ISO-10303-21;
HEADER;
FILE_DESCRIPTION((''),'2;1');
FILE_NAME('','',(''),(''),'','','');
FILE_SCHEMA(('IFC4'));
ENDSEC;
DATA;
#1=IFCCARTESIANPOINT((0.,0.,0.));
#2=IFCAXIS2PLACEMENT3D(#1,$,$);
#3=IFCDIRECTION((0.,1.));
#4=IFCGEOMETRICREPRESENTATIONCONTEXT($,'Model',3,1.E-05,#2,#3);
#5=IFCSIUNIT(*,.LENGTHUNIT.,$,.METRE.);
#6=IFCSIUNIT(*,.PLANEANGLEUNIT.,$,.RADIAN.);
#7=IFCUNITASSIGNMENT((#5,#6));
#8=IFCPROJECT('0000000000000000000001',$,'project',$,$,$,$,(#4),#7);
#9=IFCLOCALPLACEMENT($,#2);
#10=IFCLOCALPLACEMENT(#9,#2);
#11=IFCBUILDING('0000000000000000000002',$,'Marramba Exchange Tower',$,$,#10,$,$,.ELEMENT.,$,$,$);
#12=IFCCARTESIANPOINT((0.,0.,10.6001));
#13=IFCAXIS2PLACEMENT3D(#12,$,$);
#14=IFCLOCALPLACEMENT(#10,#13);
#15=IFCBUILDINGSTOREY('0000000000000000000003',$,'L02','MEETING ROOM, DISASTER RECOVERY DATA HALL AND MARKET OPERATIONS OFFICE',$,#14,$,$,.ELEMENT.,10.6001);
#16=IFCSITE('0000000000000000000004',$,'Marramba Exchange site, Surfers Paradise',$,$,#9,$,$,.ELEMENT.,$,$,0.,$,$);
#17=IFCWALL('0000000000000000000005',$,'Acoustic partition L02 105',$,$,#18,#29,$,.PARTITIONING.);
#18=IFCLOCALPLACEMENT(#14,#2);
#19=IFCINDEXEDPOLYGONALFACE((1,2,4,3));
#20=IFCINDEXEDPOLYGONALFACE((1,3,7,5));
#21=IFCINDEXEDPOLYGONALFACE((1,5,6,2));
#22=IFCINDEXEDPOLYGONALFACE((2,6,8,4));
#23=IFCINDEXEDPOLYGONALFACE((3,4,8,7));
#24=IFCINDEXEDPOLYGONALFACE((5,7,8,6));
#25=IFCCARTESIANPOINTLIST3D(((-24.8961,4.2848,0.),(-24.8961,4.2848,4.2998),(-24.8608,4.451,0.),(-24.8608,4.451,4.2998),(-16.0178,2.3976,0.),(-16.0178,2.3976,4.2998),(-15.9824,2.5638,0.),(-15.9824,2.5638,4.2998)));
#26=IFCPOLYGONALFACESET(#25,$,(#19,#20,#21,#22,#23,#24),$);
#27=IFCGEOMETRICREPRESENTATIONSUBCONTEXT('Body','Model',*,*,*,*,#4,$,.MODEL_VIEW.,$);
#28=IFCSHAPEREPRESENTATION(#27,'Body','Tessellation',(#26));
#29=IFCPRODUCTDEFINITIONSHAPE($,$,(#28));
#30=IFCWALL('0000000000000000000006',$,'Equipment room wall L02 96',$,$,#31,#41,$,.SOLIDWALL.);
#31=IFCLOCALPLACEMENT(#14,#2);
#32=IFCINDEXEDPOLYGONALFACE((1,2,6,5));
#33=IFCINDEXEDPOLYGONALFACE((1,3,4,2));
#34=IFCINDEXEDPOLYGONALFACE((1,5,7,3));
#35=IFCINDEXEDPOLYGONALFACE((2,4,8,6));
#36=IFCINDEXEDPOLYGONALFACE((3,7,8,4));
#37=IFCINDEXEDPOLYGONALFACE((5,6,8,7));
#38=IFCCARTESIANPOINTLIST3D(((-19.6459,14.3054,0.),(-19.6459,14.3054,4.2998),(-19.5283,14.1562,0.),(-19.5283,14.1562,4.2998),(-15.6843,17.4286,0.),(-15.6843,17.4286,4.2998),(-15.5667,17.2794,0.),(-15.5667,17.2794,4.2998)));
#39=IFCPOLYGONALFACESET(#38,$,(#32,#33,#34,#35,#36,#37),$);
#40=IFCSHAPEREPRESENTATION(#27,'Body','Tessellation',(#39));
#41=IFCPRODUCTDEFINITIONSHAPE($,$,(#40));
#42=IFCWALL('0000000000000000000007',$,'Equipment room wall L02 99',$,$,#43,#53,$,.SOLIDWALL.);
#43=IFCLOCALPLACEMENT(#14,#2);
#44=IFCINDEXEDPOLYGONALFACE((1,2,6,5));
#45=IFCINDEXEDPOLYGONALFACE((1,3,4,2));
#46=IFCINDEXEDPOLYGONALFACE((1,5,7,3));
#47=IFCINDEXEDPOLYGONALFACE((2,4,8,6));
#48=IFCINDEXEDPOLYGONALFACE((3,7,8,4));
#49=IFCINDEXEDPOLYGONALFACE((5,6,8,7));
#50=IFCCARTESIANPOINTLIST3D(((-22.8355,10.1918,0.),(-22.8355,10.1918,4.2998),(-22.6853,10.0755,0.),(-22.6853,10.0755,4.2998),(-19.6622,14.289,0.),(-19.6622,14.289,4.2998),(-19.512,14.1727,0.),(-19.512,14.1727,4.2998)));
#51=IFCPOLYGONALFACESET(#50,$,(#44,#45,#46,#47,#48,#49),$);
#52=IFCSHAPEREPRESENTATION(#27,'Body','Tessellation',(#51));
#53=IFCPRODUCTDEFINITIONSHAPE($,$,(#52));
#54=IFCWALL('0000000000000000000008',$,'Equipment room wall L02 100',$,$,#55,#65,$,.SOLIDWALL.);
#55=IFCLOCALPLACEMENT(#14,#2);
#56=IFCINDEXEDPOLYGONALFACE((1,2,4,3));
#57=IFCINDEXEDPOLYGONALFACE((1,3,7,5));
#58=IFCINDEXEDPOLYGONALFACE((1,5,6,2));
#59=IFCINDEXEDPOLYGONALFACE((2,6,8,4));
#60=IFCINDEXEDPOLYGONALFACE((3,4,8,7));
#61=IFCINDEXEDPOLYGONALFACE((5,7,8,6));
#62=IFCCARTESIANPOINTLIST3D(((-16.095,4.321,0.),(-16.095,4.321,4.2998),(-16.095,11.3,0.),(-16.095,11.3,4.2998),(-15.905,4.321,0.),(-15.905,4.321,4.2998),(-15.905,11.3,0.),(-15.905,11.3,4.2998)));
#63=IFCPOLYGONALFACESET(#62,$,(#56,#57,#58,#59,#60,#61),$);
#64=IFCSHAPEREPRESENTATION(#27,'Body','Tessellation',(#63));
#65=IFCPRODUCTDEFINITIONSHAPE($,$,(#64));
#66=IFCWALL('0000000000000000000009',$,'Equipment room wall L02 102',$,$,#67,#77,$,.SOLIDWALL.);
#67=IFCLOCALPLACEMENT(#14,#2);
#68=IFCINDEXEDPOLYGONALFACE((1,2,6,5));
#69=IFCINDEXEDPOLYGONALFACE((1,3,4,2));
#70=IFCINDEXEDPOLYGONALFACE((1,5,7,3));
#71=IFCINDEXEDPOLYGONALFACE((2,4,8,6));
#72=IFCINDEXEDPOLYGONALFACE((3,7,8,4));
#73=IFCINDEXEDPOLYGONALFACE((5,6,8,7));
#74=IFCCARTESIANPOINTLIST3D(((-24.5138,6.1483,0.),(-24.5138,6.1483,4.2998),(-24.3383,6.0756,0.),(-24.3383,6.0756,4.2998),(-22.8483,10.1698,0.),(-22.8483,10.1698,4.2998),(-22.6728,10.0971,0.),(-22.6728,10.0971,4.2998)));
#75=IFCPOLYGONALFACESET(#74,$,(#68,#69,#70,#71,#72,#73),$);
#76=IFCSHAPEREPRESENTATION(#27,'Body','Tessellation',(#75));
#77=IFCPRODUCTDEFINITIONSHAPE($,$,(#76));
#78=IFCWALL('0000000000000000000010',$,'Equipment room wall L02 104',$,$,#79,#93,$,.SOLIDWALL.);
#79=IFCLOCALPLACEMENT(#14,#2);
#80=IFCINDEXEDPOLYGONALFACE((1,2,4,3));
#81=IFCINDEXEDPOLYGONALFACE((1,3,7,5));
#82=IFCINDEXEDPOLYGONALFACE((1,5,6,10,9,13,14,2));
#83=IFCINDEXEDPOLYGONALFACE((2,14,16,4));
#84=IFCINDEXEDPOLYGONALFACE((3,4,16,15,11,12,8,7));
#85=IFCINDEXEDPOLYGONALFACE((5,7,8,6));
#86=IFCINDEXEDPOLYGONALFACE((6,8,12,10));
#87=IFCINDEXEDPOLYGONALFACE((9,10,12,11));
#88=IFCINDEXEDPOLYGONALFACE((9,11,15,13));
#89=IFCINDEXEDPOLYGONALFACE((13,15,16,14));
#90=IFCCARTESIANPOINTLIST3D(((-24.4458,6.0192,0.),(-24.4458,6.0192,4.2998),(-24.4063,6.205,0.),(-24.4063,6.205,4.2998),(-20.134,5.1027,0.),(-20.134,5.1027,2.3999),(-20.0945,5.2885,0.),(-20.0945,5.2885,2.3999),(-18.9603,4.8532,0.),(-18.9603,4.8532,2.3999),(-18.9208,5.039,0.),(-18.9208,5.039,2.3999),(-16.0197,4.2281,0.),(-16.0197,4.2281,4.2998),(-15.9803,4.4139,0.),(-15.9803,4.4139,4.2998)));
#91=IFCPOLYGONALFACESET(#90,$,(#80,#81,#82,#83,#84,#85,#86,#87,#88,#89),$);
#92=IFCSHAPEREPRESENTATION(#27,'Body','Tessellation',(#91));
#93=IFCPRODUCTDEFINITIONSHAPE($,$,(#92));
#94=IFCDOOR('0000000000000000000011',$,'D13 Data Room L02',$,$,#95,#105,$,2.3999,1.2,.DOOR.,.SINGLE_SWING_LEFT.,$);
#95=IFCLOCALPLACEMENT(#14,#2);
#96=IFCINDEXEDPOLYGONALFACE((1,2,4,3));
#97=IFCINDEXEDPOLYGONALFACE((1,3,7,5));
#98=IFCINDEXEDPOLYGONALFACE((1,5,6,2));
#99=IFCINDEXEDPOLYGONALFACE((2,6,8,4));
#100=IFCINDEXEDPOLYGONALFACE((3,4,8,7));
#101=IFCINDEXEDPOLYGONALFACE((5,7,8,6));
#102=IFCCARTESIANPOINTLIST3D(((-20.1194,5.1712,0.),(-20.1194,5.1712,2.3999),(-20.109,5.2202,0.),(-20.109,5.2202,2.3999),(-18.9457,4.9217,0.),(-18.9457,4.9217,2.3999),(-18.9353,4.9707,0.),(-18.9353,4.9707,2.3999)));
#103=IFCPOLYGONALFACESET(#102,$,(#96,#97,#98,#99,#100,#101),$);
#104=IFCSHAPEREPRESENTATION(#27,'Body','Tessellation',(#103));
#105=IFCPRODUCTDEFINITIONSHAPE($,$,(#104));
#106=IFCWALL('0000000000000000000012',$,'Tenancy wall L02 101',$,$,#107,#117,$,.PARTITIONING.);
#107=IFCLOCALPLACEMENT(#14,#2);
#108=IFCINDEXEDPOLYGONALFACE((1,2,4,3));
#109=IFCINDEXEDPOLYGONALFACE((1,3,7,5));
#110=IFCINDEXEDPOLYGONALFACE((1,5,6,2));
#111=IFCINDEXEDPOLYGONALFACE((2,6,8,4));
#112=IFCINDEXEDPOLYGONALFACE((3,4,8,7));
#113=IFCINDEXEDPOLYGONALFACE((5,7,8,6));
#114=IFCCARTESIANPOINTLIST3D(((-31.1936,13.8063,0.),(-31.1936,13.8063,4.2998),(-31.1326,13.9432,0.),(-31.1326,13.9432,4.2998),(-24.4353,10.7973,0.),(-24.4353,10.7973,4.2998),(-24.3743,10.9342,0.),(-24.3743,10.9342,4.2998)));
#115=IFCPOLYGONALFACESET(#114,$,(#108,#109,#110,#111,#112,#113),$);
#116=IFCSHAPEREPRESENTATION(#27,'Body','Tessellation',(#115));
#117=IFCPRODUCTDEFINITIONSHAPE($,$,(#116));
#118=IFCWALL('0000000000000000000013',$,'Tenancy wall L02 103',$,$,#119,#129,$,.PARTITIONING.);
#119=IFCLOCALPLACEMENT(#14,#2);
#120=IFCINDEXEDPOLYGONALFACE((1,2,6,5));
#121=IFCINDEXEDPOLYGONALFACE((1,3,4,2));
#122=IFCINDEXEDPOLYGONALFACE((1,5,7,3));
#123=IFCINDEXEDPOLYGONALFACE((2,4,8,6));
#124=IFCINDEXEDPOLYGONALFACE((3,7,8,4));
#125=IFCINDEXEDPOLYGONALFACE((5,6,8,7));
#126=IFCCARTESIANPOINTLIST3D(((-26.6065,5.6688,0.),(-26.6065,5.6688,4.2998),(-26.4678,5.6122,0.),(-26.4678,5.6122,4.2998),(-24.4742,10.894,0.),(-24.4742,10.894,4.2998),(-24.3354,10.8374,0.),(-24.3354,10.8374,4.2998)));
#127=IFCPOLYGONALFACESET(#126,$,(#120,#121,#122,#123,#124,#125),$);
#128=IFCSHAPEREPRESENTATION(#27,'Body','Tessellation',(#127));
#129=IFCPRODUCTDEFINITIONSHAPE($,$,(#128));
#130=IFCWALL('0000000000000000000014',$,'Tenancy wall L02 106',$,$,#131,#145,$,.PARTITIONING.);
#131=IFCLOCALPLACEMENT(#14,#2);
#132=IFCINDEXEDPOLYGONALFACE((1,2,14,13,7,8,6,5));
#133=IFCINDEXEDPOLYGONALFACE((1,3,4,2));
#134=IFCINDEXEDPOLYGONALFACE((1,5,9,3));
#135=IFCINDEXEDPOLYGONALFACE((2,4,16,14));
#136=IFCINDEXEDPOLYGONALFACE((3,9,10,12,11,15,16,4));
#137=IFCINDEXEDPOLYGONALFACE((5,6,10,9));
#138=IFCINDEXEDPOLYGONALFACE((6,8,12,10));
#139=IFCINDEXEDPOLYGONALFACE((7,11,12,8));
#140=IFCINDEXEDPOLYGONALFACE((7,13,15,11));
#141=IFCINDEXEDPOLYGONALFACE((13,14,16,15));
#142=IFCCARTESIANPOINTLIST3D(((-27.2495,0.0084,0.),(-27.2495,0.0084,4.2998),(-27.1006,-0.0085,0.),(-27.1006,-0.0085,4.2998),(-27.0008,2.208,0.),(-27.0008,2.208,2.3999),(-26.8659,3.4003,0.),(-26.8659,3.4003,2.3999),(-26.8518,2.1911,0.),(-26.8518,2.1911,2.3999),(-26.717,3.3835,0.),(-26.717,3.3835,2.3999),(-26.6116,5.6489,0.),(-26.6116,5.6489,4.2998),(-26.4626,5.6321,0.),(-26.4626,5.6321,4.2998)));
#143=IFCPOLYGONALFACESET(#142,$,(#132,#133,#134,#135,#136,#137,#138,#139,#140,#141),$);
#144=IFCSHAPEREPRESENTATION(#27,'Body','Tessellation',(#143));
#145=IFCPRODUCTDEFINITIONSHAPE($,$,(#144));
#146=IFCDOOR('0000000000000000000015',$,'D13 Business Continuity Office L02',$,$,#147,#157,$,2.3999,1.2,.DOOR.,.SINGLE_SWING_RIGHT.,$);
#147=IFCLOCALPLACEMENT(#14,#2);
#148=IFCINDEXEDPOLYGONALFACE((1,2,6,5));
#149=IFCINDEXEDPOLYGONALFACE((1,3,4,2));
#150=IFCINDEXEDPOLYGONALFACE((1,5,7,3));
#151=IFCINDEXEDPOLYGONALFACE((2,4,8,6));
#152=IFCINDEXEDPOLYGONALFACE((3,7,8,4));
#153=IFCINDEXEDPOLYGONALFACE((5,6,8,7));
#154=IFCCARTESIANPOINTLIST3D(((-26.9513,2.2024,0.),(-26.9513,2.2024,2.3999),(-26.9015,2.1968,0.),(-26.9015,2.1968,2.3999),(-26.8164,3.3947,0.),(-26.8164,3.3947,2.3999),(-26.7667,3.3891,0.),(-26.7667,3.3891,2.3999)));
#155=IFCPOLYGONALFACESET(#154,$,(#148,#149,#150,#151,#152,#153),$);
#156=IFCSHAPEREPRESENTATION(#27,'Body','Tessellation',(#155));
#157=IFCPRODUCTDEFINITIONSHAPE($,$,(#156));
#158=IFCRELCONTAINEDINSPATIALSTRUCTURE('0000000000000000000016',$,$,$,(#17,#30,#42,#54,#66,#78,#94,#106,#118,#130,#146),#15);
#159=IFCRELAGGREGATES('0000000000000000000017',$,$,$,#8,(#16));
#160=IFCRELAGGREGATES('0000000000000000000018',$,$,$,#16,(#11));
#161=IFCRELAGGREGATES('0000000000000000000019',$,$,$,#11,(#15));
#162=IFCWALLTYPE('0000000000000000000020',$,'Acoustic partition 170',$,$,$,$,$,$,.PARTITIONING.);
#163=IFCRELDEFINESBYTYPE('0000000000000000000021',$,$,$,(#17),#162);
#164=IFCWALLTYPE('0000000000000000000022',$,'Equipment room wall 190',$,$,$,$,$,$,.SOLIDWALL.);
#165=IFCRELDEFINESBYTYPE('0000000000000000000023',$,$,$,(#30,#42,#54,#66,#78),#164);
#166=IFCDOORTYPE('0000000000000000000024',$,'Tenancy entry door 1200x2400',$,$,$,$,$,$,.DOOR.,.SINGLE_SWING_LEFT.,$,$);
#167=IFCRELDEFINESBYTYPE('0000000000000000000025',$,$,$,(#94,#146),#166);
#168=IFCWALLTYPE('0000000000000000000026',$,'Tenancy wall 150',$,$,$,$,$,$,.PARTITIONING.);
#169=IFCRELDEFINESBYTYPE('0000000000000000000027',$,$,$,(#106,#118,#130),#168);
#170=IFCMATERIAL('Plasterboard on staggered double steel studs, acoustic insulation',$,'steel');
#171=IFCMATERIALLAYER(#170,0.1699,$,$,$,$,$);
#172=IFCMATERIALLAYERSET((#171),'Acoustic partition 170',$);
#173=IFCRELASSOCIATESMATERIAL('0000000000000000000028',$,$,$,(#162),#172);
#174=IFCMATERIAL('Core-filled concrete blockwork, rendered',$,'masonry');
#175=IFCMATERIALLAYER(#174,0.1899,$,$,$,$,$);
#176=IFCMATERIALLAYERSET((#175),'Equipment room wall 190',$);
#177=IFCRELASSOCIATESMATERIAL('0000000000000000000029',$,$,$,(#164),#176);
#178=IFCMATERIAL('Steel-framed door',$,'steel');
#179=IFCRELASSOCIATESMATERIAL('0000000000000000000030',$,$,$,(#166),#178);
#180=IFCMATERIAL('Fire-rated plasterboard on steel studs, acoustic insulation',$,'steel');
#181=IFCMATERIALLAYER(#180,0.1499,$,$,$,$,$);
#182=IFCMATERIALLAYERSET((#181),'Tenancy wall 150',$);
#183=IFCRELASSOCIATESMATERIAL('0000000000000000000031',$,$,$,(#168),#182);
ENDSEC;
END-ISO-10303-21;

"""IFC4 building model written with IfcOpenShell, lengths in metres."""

from ifc_helpers import new_model, si_unit, direction, frame, frame_2d, origin, place, context, subcontext, project, spatial, rectangle, extrude, material, layer, layer_set, type_object, element, fill, save


model = new_model("IFC4")

# Units and contexts
model_context = context("Model", 3, precision=1e-05, world=origin(), true_north=direction((0.0, 1.0)))
body_context = subcontext(model_context, "Body", "Model", "MODEL_VIEW")
ifc_project = project(units=[si_unit("LENGTHUNIT", "METRE"), si_unit("PLANEANGLEUNIT", "RADIAN")], contexts=[model_context])

# Site, building, storey
site_placement = place(None, origin())
site = spatial("IfcSite", under=ifc_project, at=site_placement, Name="Marramba Exchange site, Surfers Paradise", CompositionType="ELEMENT", RefElevation=0.0)
building_placement = place(site_placement, origin())
building = spatial("IfcBuilding", under=site, at=building_placement, Name="Marramba Exchange Tower", CompositionType="ELEMENT")
storey_placement = place(building_placement, frame((0.0, 0.0, 10.6001)))
storey = spatial("IfcBuildingStorey", under=building, at=storey_placement, Name="L02", Description="MEETING ROOM, DISASTER RECOVERY DATA HALL AND MARKET OPERATIONS OFFICE", CompositionType="ELEMENT", Elevation=10.6001)

# Shared definitions
ifc_material_1 = material(Name="Plasterboard on staggered double steel studs, acoustic insulation", Category="steel")
ifc_layer_1 = layer(ifc_material_1, 0.1699)
ifc_layer_set_1 = layer_set([ifc_layer_1], Name="Acoustic partition 170")
wall_type_1 = type_object("IfcWallType", Name="Acoustic partition 170", PredefinedType="PARTITIONING", material=ifc_layer_set_1)

# Walls
wall_1_placement = place(storey_placement, frame((-24.8784, 4.3679, 0.0), z_axis=(0.0, 0.0, 1.0), x_axis=(0.978147, -0.207916, 0.0)))
element("IfcWall", 1, at=wall_1_placement, inside=storey, type_object=wall_type_1, Name="Acoustic partition L02 105", PredefinedType="PARTITIONING", context=body_context, shape_type="SweptSolid", body=[
    extrude(rectangle(XDim=9.0767, YDim=0.1699, at=frame_2d((4.5383, 0.0))), origin(), (0.0, 0.0, 1.0), 4.2998),
])
ifc_material_2 = material(Name="Core-filled concrete blockwork, rendered", Category="masonry")
ifc_layer_2 = layer(ifc_material_2, 0.1899)
ifc_layer_set_2 = layer_set([ifc_layer_2], Name="Equipment room wall 190")
wall_type_2 = type_object("IfcWallType", Name="Equipment room wall 190", PredefinedType="SOLIDWALL", material=ifc_layer_set_2)
wall_2_placement = place(storey_placement, frame((-19.5872, 14.2307, 0.0), z_axis=(0.0, 0.0, 1.0), x_axis=(0.785301, 0.619114, 0.0)))
element("IfcWall", 2, at=wall_2_placement, inside=storey, type_object=wall_type_2, Name="Equipment room wall L02 96", PredefinedType="SOLIDWALL", context=body_context, shape_type="SweptSolid", body=[
    extrude(rectangle(XDim=5.0447, YDim=0.1899, at=frame_2d((2.5225, 0.0))), origin(), (0.0, 0.0, 1.0), 4.2998),
])
wall_3_placement = place(storey_placement, frame((-22.7605, 10.1335, 0.0), z_axis=(0.0, 0.0, 1.0), x_axis=(0.612335, 0.790599, 0.0)))
element("IfcWall", 3, at=wall_3_placement, inside=storey, type_object=wall_type_2, Name="Equipment room wall L02 99", PredefinedType="SOLIDWALL", context=body_context, shape_type="SweptSolid", body=[
    extrude(rectangle(XDim=5.1824, YDim=0.1899, at=frame_2d((2.5913, 0.0))), origin(), (0.0, 0.0, 1.0), 4.2998),
])
wall_4_placement = place(storey_placement, frame((-16.0, 11.3, 0.0), z_axis=(0.0, 0.0, 1.0), x_axis=(0.0, -1.0, 0.0)))
element("IfcWall", 4, at=wall_4_placement, inside=storey, type_object=wall_type_2, Name="Equipment room wall L02 100", PredefinedType="SOLIDWALL", context=body_context, shape_type="SweptSolid", body=[
    extrude(rectangle(XDim=6.979, YDim=0.1899, at=frame_2d((3.4895, 0.0))), origin(), (0.0, 0.0, 1.0), 4.2998),
])
wall_5_placement = place(storey_placement, frame((-24.426, 6.1121, 0.0), z_axis=(0.0, 0.0, 1.0), x_axis=(0.382639, 0.923898, 0.0)))
element("IfcWall", 5, at=wall_5_placement, inside=storey, type_object=wall_type_2, Name="Equipment room wall L02 102", PredefinedType="SOLIDWALL", context=body_context, shape_type="SweptSolid", body=[
    extrude(rectangle(XDim=4.3528, YDim=0.1899, at=frame_2d((2.1763, 0.0))), origin(), (0.0, 0.0, 1.0), 4.2998),
])

# Wall, opening, door
wall_6_placement = place(storey_placement, frame((-16.0, 4.321, 0.0), z_axis=(0.0, 0.0, 1.0), x_axis=(-0.978147, 0.207913, 0.0)))
wall_6 = element("IfcWall", 6, at=wall_6_placement, inside=storey, type_object=wall_type_2, Name="Equipment room wall L02 104", PredefinedType="SOLIDWALL", context=body_context, shape_type="SweptSolid", body=[
    extrude(rectangle(XDim=8.6143, YDim=0.1899, at=frame_2d((4.3071, 0.0))), origin(), (0.0, 0.0, 1.0), 4.2998),
])
opening_1_placement = place(wall_6_placement, frame((3.0061, 0.0, 0.0)))
opening_1 = element("IfcOpeningElement", 7, at=opening_1_placement, cuts=wall_6, PredefinedType="OPENING", context=body_context, shape_type="SweptSolid", body=[
    extrude(rectangle(XDim=1.2, YDim=2.3999, at=frame_2d((0.6001, 1.2))), frame((0.0, 0.105, 0.0), z_axis=(0.0, -1.0, 0.0), x_axis=(1.0, 0.0, 0.0)), (0.0, 0.0, 1.0), 0.21),
])
ifc_material_3 = material(Name="Steel-framed door", Category="steel")
door_type_1 = type_object("IfcDoorType", Name="Tenancy entry door 1200x2400", OperationType="SINGLE_SWING_LEFT", PredefinedType="DOOR", material=ifc_material_3)
door_1_placement = place(opening_1_placement, origin())
door_1 = element("IfcDoor", 8, at=door_1_placement, inside=storey, type_object=door_type_1, Name="D13 Data Room L02", OperationType="SINGLE_SWING_LEFT", OverallHeight=2.3999, OverallWidth=1.2, PredefinedType="DOOR", context=body_context, shape_type="SweptSolid", body=[
    extrude(rectangle(XDim=1.2, YDim=2.3999, at=frame_2d((0.6001, 1.2))), frame((0.0, 0.0249, 0.0), z_axis=(0.0, -1.0, 0.0), x_axis=(1.0, 0.0, 0.0)), (0.0, 0.0, 1.0), 0.05),
])
fill(opening_1, door_1)
ifc_material_4 = material(Name="Fire-rated plasterboard on steel studs, acoustic insulation", Category="steel")
ifc_layer_3 = layer(ifc_material_4, 0.1499)
ifc_layer_set_3 = layer_set([ifc_layer_3], Name="Tenancy wall 150")
wall_type_3 = type_object("IfcWallType", Name="Tenancy wall 150", PredefinedType="PARTITIONING", material=ifc_layer_set_3)

# Walls
wall_7_placement = place(storey_placement, frame((-24.4048, 10.8657, 0.0), z_axis=(0.0, 0.0, 1.0), x_axis=(-0.913543, 0.406742, 0.0)))
element("IfcWall", 9, at=wall_7_placement, inside=storey, type_object=wall_type_3, Name="Tenancy wall L02 101", PredefinedType="PARTITIONING", context=body_context, shape_type="SweptSolid", body=[
    extrude(rectangle(XDim=7.3979, YDim=0.1499, at=frame_2d((3.699, 0.0))), origin(), (0.0, 0.0, 1.0), 4.2998),
])
wall_8_placement = place(storey_placement, frame((-24.4048, 10.8657, 0.0), z_axis=(0.0, 0.0, 1.0), x_axis=(-0.377841, -0.925871, 0.0)))
element("IfcWall", 10, at=wall_8_placement, inside=storey, type_object=wall_type_3, Name="Tenancy wall L02 103", PredefinedType="PARTITIONING", context=body_context, shape_type="SweptSolid", body=[
    extrude(rectangle(XDim=5.6436, YDim=0.1499, at=frame_2d((2.8218, 0.0))), origin(), (0.0, 0.0, 1.0), 4.2998),
])

# Wall, opening, door
wall_9_placement = place(storey_placement, frame((-26.5371, 5.6406, 0.0), z_axis=(0.0, 0.0, 1.0), x_axis=(-0.112381, -0.993665, 0.0)))
wall_9 = element("IfcWall", 11, at=wall_9_placement, inside=storey, type_object=wall_type_3, Name="Tenancy wall L02 106", PredefinedType="PARTITIONING", context=body_context, shape_type="SweptSolid", body=[
    extrude(rectangle(XDim=5.6765, YDim=0.1499, at=frame_2d((2.8384, 0.0))), origin(), (0.0, 0.0, 1.0), 4.2998),
])
opening_2_placement = place(wall_9_placement, frame((2.2629, 0.0, 0.0)))
opening_2 = element("IfcOpeningElement", 12, at=opening_2_placement, cuts=wall_9, PredefinedType="OPENING", context=body_context, shape_type="SweptSolid", body=[
    extrude(rectangle(XDim=1.2, YDim=2.3999, at=frame_2d((0.6001, 1.2))), frame((0.0, 0.085, 0.0), z_axis=(0.0, -1.0, 0.0), x_axis=(1.0, 0.0, 0.0)), (0.0, 0.0, 1.0), 0.1699),
])
door_2_placement = place(opening_2_placement, origin())
door_2 = element("IfcDoor", 13, at=door_2_placement, inside=storey, type_object=door_type_1, Name="D13 Business Continuity Office L02", OperationType="SINGLE_SWING_RIGHT", OverallHeight=2.3999, OverallWidth=1.2, PredefinedType="DOOR", context=body_context, shape_type="SweptSolid", body=[
    extrude(rectangle(XDim=1.2, YDim=2.3999, at=frame_2d((0.6001, 1.2))), frame((0.0, 0.0249, 0.0), z_axis=(0.0, -1.0, 0.0), x_axis=(1.0, 0.0, 0.0)), (0.0, 0.0, 1.0), 0.05),
])
fill(opening_2, door_2)

save(model, "model.ifc")
